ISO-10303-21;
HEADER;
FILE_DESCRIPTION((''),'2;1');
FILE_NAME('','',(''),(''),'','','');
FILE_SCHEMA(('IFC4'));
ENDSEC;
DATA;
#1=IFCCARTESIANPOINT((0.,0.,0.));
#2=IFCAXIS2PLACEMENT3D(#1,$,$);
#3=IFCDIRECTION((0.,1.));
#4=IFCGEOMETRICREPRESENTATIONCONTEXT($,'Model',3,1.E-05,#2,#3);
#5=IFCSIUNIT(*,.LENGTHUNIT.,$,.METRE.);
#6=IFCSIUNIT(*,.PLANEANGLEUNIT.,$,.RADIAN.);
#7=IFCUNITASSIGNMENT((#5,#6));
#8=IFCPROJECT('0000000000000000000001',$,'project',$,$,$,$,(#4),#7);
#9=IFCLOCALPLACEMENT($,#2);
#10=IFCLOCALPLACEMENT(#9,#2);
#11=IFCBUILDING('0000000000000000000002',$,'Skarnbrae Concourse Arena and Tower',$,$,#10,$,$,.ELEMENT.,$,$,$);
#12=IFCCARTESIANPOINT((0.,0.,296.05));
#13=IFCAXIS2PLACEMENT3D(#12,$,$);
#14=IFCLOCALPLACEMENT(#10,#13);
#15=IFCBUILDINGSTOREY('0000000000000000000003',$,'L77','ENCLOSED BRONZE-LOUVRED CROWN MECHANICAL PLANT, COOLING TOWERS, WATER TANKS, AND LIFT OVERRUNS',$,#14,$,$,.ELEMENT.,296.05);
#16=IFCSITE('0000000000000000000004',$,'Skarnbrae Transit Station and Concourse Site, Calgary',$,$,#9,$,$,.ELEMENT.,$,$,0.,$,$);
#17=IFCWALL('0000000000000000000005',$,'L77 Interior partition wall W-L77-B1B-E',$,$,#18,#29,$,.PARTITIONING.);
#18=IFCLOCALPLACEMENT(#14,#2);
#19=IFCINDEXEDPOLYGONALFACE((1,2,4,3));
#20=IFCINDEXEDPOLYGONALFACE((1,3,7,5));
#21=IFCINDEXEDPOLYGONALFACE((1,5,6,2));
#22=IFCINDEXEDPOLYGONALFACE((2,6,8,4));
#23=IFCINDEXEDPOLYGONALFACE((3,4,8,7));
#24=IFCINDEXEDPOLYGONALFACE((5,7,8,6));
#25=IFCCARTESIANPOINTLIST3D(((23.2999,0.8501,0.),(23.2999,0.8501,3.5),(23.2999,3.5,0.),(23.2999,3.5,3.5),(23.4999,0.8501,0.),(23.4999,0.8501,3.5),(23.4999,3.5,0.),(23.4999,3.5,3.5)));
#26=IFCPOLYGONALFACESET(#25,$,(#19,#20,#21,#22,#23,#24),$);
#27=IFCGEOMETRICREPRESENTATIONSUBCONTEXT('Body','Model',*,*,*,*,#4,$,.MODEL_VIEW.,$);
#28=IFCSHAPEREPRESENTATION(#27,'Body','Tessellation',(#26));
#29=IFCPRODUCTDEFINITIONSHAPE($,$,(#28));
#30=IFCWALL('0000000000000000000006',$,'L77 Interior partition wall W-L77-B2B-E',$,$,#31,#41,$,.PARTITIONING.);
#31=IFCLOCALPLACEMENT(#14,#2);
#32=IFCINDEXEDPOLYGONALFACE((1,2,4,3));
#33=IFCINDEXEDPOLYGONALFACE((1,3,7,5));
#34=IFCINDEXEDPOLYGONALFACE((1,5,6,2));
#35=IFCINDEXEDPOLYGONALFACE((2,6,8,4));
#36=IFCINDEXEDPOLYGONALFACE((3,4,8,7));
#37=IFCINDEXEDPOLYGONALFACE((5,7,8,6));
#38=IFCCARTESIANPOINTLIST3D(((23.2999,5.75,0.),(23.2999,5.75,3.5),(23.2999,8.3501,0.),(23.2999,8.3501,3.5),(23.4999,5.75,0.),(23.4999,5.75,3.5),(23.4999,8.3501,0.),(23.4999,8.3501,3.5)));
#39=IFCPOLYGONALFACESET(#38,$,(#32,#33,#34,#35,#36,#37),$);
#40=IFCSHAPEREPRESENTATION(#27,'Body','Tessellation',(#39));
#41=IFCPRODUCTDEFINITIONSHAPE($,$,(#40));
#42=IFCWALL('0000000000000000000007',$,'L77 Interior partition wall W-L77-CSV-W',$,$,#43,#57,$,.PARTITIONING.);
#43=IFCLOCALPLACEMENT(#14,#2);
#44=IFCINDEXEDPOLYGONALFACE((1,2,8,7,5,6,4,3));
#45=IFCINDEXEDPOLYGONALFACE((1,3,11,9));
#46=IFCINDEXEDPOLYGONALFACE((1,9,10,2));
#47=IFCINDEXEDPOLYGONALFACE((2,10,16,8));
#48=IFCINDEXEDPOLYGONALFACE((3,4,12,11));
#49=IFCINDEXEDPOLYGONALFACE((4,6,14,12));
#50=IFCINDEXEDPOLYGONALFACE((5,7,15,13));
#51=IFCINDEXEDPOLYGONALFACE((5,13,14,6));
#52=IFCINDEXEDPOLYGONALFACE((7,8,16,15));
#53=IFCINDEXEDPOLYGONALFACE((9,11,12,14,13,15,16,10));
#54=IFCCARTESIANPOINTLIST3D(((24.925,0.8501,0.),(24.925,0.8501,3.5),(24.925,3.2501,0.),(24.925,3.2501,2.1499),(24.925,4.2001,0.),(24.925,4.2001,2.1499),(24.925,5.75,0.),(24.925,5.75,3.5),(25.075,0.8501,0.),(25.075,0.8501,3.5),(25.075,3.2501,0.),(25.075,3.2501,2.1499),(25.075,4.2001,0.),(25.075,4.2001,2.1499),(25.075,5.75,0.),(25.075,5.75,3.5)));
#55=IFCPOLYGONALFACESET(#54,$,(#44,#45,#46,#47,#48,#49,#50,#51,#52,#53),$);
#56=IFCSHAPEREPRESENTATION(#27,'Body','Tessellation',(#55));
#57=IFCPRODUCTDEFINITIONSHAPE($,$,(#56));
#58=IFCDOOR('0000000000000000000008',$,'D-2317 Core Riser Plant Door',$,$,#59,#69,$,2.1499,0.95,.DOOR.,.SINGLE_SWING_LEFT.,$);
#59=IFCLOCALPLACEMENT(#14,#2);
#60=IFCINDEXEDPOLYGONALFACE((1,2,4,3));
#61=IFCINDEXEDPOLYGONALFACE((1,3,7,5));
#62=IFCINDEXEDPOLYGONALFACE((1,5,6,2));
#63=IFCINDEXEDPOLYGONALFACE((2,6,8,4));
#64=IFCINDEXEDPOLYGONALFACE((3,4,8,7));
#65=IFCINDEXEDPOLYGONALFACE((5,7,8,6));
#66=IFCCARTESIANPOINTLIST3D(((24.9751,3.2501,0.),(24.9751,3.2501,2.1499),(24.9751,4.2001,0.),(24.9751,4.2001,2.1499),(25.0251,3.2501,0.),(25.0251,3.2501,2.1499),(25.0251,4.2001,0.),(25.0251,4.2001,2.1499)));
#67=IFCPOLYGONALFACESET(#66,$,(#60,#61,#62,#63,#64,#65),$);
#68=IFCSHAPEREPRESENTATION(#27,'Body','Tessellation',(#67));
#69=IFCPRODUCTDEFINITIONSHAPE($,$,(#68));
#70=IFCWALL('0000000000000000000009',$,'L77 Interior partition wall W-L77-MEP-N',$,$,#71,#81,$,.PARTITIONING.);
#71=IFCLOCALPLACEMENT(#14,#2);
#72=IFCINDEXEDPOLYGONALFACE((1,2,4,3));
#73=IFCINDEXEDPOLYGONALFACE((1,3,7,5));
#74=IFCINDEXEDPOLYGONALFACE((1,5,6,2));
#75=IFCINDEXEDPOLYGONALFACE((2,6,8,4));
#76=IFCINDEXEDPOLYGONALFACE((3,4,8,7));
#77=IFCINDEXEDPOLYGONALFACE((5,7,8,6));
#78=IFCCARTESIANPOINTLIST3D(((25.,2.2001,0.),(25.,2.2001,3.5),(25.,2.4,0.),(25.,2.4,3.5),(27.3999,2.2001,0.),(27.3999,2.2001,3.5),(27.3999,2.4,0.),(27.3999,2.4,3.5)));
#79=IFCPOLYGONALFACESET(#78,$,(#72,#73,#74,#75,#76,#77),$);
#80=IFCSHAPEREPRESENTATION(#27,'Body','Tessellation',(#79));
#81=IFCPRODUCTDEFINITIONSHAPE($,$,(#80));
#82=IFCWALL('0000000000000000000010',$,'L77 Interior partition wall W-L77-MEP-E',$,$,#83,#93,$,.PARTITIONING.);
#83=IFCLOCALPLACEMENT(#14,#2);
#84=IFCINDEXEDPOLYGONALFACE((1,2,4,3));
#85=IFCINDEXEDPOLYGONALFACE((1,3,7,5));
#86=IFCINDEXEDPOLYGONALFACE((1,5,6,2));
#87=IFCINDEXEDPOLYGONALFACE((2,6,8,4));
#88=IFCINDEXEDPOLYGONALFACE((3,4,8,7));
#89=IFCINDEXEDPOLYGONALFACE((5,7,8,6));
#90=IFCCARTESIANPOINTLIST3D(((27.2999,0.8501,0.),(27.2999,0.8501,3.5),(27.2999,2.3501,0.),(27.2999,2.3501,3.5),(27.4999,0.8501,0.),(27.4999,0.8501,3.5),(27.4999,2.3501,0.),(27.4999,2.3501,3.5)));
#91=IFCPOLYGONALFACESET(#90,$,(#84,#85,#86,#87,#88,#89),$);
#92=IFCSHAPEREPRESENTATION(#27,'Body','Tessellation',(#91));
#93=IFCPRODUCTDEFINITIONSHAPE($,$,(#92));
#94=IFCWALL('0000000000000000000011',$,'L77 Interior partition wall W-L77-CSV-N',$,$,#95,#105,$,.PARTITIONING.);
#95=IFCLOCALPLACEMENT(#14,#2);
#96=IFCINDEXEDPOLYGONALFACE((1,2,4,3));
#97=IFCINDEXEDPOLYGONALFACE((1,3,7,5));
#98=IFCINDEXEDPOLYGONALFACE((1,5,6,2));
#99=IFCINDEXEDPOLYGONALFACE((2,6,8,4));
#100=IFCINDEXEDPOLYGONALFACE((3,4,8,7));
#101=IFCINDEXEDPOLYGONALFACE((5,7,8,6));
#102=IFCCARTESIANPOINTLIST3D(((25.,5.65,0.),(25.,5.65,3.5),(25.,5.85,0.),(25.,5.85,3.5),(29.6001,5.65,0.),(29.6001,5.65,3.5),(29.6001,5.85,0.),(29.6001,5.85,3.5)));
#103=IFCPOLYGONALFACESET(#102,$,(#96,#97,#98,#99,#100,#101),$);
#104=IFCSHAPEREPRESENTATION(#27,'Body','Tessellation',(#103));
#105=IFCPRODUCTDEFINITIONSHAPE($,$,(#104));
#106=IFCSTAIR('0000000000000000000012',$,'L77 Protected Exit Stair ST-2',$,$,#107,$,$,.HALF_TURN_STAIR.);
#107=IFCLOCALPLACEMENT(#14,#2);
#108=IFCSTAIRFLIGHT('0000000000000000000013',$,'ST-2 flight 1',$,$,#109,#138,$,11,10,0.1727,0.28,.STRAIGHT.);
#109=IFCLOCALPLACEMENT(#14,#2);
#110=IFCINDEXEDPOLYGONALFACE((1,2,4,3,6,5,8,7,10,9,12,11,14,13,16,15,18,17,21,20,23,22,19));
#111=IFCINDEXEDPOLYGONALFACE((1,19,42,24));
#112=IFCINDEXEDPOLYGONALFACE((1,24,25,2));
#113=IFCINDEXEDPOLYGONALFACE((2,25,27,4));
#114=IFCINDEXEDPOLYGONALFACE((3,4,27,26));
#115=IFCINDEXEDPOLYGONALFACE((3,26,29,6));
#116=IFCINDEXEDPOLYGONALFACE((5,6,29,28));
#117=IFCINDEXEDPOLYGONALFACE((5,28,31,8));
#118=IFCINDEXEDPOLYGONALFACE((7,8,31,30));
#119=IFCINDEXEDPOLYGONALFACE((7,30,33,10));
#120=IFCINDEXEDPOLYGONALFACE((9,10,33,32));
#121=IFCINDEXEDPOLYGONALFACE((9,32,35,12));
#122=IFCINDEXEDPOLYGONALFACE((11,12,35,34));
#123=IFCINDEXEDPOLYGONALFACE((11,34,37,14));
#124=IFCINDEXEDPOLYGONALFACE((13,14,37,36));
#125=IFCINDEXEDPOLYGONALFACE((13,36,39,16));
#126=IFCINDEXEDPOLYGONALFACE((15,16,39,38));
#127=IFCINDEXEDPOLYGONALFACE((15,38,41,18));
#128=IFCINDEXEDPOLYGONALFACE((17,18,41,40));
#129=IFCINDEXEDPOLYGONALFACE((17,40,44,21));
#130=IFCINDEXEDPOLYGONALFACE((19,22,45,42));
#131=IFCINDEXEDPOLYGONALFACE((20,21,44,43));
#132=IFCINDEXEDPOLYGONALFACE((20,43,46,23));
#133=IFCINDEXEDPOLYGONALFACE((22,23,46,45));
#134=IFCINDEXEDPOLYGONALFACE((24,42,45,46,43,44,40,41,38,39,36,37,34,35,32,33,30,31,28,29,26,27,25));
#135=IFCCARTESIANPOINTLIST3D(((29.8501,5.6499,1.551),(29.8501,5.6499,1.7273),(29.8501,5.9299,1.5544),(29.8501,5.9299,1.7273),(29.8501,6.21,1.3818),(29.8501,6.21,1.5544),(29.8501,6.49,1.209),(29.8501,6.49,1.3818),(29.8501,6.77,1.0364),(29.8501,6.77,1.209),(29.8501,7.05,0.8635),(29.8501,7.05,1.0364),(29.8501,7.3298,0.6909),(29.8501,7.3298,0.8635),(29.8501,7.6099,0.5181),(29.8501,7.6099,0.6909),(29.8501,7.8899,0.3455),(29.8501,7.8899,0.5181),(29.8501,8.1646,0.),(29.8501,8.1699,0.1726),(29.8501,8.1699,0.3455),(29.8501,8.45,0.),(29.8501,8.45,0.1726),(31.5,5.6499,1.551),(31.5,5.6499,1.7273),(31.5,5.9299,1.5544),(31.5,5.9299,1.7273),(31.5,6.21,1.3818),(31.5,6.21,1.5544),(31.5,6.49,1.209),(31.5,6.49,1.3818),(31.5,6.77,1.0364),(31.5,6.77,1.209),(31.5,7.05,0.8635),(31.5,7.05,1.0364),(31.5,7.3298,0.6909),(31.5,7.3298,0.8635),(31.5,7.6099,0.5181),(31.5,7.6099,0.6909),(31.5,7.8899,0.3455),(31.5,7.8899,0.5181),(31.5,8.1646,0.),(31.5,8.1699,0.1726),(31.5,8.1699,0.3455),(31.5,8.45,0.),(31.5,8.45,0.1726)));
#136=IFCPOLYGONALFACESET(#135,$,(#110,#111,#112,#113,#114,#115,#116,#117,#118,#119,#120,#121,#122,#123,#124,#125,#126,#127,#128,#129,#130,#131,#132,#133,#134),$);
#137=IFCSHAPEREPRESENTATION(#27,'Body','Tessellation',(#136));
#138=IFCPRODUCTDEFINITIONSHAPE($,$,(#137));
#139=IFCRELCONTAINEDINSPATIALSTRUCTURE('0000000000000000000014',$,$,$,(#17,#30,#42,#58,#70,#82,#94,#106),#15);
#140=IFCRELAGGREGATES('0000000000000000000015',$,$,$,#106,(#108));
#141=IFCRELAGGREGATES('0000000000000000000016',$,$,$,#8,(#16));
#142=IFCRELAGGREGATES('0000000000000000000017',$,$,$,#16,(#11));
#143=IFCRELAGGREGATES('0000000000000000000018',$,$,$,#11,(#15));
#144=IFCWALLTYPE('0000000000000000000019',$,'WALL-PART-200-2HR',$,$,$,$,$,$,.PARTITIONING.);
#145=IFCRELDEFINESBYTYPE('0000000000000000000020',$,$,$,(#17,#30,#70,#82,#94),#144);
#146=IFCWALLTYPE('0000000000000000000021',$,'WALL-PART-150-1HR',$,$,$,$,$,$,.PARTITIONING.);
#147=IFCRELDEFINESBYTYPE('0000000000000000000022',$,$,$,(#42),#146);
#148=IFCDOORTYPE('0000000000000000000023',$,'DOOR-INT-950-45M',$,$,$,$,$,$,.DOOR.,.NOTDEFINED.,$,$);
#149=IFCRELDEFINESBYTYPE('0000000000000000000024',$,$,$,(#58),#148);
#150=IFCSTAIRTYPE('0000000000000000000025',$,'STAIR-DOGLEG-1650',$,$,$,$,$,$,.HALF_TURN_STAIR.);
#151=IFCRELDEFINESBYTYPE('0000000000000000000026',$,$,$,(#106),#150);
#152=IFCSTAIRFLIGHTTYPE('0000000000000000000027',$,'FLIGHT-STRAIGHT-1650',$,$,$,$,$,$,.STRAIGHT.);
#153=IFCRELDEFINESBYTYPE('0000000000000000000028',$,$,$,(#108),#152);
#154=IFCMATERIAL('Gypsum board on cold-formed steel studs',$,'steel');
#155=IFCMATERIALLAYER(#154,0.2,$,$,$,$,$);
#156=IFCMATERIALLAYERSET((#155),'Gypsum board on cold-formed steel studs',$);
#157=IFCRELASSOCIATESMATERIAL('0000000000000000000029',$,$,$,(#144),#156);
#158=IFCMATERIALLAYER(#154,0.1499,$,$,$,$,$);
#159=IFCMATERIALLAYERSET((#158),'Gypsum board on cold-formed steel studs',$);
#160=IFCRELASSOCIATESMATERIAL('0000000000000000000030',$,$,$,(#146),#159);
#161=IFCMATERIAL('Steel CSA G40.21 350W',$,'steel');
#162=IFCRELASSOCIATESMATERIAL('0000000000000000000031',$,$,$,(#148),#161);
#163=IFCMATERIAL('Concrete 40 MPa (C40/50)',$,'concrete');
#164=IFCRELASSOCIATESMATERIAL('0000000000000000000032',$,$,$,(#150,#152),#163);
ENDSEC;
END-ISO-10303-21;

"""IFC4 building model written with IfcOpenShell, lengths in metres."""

from ifc_helpers import new_model, si_unit, direction, frame, frame_2d, origin, place, context, subcontext, project, spatial, polyline, rectangle, outline, extrude, source, transform, mapped, material, layer, layer_set, type_object, element, fill, aggregate, save


model = new_model("IFC4")

# Units and contexts
model_context = context("Model", 3, precision=1e-05, world=origin(), true_north=direction((0.0, 1.0)))
body_context = subcontext(model_context, "Body", "Model", "MODEL_VIEW")
ifc_project = project(units=[si_unit("LENGTHUNIT", "METRE"), si_unit("PLANEANGLEUNIT", "RADIAN")], contexts=[model_context])

# Site, building, storey
site_placement = place(None, origin())
site = spatial("IfcSite", under=ifc_project, at=site_placement, Name="Skarnbrae Transit Station and Concourse Site, Calgary", CompositionType="ELEMENT", RefElevation=0.0)
building_placement = place(site_placement, origin())
building = spatial("IfcBuilding", under=site, at=building_placement, Name="Skarnbrae Concourse Arena and Tower", CompositionType="ELEMENT")
storey_placement = place(building_placement, frame((0.0, 0.0, 296.05)))
storey = spatial("IfcBuildingStorey", under=building, at=storey_placement, Name="L77", Description="ENCLOSED BRONZE-LOUVRED CROWN MECHANICAL PLANT, COOLING TOWERS, WATER TANKS, AND LIFT OVERRUNS", CompositionType="ELEMENT", Elevation=296.05)

# Shared definitions
ifc_material_1 = material(Name="Steel CSA G40.21 350W", Category="steel")

# Walls
ifc_material_2 = material(Name="Gypsum board on cold-formed steel studs", Category="steel")
ifc_layer_1 = layer(ifc_material_2, 0.2)
ifc_layer_set_1 = layer_set([ifc_layer_1], Name="Gypsum board on cold-formed steel studs")
wall_type_1 = type_object("IfcWallType", Name="WALL-PART-200-2HR", PredefinedType="PARTITIONING", material=ifc_layer_set_1)
shared_shape_1 = source(origin(), body_context, "Body", "SweptSolid", [
    extrude(rectangle(XDim=2.6499, YDim=0.2, at=frame_2d((1.325, 0.0))), origin(), (0.0, 0.0, 1.0), 3.5),
])
wall_1_placement = place(storey_placement, frame((23.3999, 0.8501, 0.0), z_axis=(0.0, 0.0, 1.0), x_axis=(0.0, 1.0, 0.0)))
element("IfcWall", 1, at=wall_1_placement, inside=storey, type_object=wall_type_1, Name="L77 Interior partition wall W-L77-B1B-E", PredefinedType="PARTITIONING", context=body_context, shape_type="MappedRepresentation", body=[
    mapped(shared_shape_1, transform((0.0, 0.0, 0.0))),
])
shared_shape_2 = source(origin(), body_context, "Body", "SweptSolid", [
    extrude(rectangle(XDim=2.6001, YDim=0.2, at=frame_2d((1.3, 0.0))), origin(), (0.0, 0.0, 1.0), 3.5),
])
wall_2_placement = place(storey_placement, frame((23.3999, 5.75, 0.0), z_axis=(0.0, 0.0, 1.0), x_axis=(0.0, 1.0, 0.0)))
element("IfcWall", 2, at=wall_2_placement, inside=storey, type_object=wall_type_1, Name="L77 Interior partition wall W-L77-B2B-E", PredefinedType="PARTITIONING", context=body_context, shape_type="MappedRepresentation", body=[
    mapped(shared_shape_2, transform((0.0, 0.0, 0.0))),
])

# Wall, opening, door
ifc_layer_2 = layer(ifc_material_2, 0.1499)
ifc_layer_set_2 = layer_set([ifc_layer_2], Name="Gypsum board on cold-formed steel studs")
wall_type_2 = type_object("IfcWallType", Name="WALL-PART-150-1HR", PredefinedType="PARTITIONING", material=ifc_layer_set_2)
shared_shape_3 = source(origin(), body_context, "Body", "SweptSolid", [
    extrude(rectangle(XDim=4.8999, YDim=0.1499, at=frame_2d((2.45, 0.0))), origin(), (0.0, 0.0, 1.0), 3.5),
])
wall_3_placement = place(storey_placement, frame((25.0, 0.8501, 0.0), z_axis=(0.0, 0.0, 1.0), x_axis=(0.0, 1.0, 0.0)))
wall_3 = element("IfcWall", 3, at=wall_3_placement, inside=storey, type_object=wall_type_2, Name="L77 Interior partition wall W-L77-CSV-W", PredefinedType="PARTITIONING", context=body_context, shape_type="MappedRepresentation", body=[
    mapped(shared_shape_3, transform((0.0, 0.0, 0.0))),
])
opening_1_placement = place(wall_3_placement, frame((2.3999, 0.0, 0.0)))
opening_1 = element("IfcOpeningElement", 4, at=opening_1_placement, cuts=wall_3, PredefinedType="OPENING", context=body_context, shape_type="SweptSolid", body=[
    extrude(rectangle(XDim=0.95, YDim=2.1499, at=frame_2d((0.4751, 1.075))), frame((0.0, 0.085, 0.0), z_axis=(0.0, -1.0, 0.0), x_axis=(1.0, 0.0, 0.0)), (0.0, 0.0, 1.0), 0.1699),
])
door_type_1 = type_object("IfcDoorType", Name="DOOR-INT-950-45M", OperationType="NOTDEFINED", PredefinedType="DOOR", material=ifc_material_1)
shared_shape_4 = source(origin(), body_context, "Body", "SweptSolid", [
    extrude(rectangle(XDim=0.95, YDim=2.1499, at=frame_2d((0.4751, 1.075))), frame((0.0, 0.0249, 0.0), z_axis=(0.0, -1.0, 0.0), x_axis=(1.0, 0.0, 0.0)), (0.0, 0.0, 1.0), 0.05),
])
door_1_placement = place(opening_1_placement, origin())
door_1 = element("IfcDoor", 5, at=door_1_placement, inside=storey, type_object=door_type_1, Name="D-2317 Core Riser Plant Door", OperationType="SINGLE_SWING_LEFT", OverallHeight=2.1499, OverallWidth=0.95, PredefinedType="DOOR", context=body_context, shape_type="MappedRepresentation", body=[
    mapped(shared_shape_4, transform((0.0, 0.0, 0.0))),
])
fill(opening_1, door_1)

# Walls
shared_shape_5 = source(origin(), body_context, "Body", "SweptSolid", [
    extrude(rectangle(XDim=2.3999, YDim=0.2, at=frame_2d((1.2, 0.0))), origin(), (0.0, 0.0, 1.0), 3.5),
])
wall_4_placement = place(storey_placement, frame((25.0, 2.3, 0.0), z_axis=(0.0, 0.0, 1.0), x_axis=(1.0, 0.0, 0.0)))
element("IfcWall", 6, at=wall_4_placement, inside=storey, type_object=wall_type_1, Name="L77 Interior partition wall W-L77-MEP-N", PredefinedType="PARTITIONING", context=body_context, shape_type="MappedRepresentation", body=[
    mapped(shared_shape_5, transform((0.0, 0.0, 0.0))),
])
shared_shape_6 = source(origin(), body_context, "Body", "SweptSolid", [
    extrude(rectangle(XDim=1.5, YDim=0.2, at=frame_2d((0.75, 0.0))), origin(), (0.0, 0.0, 1.0), 3.5),
])
wall_5_placement = place(storey_placement, frame((27.3999, 0.8501, 0.0), z_axis=(0.0, 0.0, 1.0), x_axis=(0.0, 1.0, 0.0)))
element("IfcWall", 7, at=wall_5_placement, inside=storey, type_object=wall_type_1, Name="L77 Interior partition wall W-L77-MEP-E", PredefinedType="PARTITIONING", context=body_context, shape_type="MappedRepresentation", body=[
    mapped(shared_shape_6, transform((0.0, 0.0, 0.0))),
])
shared_shape_7 = source(origin(), body_context, "Body", "SweptSolid", [
    extrude(rectangle(XDim=4.6001, YDim=0.2, at=frame_2d((2.3, 0.0))), origin(), (0.0, 0.0, 1.0), 3.5),
])
wall_6_placement = place(storey_placement, frame((25.0, 5.75, 0.0), z_axis=(0.0, 0.0, 1.0), x_axis=(1.0, 0.0, 0.0)))
element("IfcWall", 8, at=wall_6_placement, inside=storey, type_object=wall_type_1, Name="L77 Interior partition wall W-L77-CSV-N", PredefinedType="PARTITIONING", context=body_context, shape_type="MappedRepresentation", body=[
    mapped(shared_shape_7, transform((0.0, 0.0, 0.0))),
])

# Stair, stair flight
ifc_material_3 = material(Name="Concrete 40 MPa (C40/50)", Category="concrete")
stair_type = type_object("IfcStairType", Name="STAIR-DOGLEG-1650", PredefinedType="HALF_TURN_STAIR", material=ifc_material_3)
stair_placement = place(storey_placement, origin())
stair = element("IfcStair", 9, at=stair_placement, inside=storey, type_object=stair_type, Name="L77 Protected Exit Stair ST-2", PredefinedType="HALF_TURN_STAIR")
stair_flight_type = type_object("IfcStairFlightType", Name="FLIGHT-STRAIGHT-1650", PredefinedType="STRAIGHT", material=ifc_material_3)
shared_shape_8 = source(origin(), body_context, "Body", "SweptSolid", [
    extrude(outline(polyline([(0.0, 0.0), (0.0, 0.1726), (0.28, 0.1726), (0.28, 0.3455), (0.5601, 0.3455), (0.5601, 0.5181), (0.8401, 0.5181), (0.8401, 0.6909), (1.1201, 0.6909), (1.1201, 0.8635), (1.3999, 0.8635), (1.3999, 1.0364), (1.6799, 1.0364), (1.6799, 1.209), (1.96, 1.209), (1.96, 1.3818), (2.24, 1.3818), (2.24, 1.5544), (2.52, 1.5544), (2.52, 1.7273), (2.8, 1.7273), (2.8, 1.8999), (2.8, 1.551), (0.2854, 0.0), (0.0, 0.0)])), frame((0.0, 0.825, 0.0), z_axis=(0.0, -1.0, 0.0), x_axis=(1.0, 0.0, 0.0)), (0.0, 0.0, 1.0), 1.6499),
])
stair_flight_placement = place(storey_placement, frame((30.675, 8.45, 0.0), z_axis=(0.0, 0.0, 1.0), x_axis=(0.0, -1.0, 0.0)))
stair_flight = element("IfcStairFlight", 10, at=stair_flight_placement, type_object=stair_flight_type, Name="ST-2 flight 1", NumberOfRisers=11, NumberOfTreads=10, PredefinedType="STRAIGHT", RiserHeight=0.1727, TreadLength=0.28, context=body_context, shape_type="MappedRepresentation", body=[
    mapped(shared_shape_8, transform((0.0, 0.0, 0.0))),
])
aggregate(stair, [stair_flight])

save(model, "model.ifc")
